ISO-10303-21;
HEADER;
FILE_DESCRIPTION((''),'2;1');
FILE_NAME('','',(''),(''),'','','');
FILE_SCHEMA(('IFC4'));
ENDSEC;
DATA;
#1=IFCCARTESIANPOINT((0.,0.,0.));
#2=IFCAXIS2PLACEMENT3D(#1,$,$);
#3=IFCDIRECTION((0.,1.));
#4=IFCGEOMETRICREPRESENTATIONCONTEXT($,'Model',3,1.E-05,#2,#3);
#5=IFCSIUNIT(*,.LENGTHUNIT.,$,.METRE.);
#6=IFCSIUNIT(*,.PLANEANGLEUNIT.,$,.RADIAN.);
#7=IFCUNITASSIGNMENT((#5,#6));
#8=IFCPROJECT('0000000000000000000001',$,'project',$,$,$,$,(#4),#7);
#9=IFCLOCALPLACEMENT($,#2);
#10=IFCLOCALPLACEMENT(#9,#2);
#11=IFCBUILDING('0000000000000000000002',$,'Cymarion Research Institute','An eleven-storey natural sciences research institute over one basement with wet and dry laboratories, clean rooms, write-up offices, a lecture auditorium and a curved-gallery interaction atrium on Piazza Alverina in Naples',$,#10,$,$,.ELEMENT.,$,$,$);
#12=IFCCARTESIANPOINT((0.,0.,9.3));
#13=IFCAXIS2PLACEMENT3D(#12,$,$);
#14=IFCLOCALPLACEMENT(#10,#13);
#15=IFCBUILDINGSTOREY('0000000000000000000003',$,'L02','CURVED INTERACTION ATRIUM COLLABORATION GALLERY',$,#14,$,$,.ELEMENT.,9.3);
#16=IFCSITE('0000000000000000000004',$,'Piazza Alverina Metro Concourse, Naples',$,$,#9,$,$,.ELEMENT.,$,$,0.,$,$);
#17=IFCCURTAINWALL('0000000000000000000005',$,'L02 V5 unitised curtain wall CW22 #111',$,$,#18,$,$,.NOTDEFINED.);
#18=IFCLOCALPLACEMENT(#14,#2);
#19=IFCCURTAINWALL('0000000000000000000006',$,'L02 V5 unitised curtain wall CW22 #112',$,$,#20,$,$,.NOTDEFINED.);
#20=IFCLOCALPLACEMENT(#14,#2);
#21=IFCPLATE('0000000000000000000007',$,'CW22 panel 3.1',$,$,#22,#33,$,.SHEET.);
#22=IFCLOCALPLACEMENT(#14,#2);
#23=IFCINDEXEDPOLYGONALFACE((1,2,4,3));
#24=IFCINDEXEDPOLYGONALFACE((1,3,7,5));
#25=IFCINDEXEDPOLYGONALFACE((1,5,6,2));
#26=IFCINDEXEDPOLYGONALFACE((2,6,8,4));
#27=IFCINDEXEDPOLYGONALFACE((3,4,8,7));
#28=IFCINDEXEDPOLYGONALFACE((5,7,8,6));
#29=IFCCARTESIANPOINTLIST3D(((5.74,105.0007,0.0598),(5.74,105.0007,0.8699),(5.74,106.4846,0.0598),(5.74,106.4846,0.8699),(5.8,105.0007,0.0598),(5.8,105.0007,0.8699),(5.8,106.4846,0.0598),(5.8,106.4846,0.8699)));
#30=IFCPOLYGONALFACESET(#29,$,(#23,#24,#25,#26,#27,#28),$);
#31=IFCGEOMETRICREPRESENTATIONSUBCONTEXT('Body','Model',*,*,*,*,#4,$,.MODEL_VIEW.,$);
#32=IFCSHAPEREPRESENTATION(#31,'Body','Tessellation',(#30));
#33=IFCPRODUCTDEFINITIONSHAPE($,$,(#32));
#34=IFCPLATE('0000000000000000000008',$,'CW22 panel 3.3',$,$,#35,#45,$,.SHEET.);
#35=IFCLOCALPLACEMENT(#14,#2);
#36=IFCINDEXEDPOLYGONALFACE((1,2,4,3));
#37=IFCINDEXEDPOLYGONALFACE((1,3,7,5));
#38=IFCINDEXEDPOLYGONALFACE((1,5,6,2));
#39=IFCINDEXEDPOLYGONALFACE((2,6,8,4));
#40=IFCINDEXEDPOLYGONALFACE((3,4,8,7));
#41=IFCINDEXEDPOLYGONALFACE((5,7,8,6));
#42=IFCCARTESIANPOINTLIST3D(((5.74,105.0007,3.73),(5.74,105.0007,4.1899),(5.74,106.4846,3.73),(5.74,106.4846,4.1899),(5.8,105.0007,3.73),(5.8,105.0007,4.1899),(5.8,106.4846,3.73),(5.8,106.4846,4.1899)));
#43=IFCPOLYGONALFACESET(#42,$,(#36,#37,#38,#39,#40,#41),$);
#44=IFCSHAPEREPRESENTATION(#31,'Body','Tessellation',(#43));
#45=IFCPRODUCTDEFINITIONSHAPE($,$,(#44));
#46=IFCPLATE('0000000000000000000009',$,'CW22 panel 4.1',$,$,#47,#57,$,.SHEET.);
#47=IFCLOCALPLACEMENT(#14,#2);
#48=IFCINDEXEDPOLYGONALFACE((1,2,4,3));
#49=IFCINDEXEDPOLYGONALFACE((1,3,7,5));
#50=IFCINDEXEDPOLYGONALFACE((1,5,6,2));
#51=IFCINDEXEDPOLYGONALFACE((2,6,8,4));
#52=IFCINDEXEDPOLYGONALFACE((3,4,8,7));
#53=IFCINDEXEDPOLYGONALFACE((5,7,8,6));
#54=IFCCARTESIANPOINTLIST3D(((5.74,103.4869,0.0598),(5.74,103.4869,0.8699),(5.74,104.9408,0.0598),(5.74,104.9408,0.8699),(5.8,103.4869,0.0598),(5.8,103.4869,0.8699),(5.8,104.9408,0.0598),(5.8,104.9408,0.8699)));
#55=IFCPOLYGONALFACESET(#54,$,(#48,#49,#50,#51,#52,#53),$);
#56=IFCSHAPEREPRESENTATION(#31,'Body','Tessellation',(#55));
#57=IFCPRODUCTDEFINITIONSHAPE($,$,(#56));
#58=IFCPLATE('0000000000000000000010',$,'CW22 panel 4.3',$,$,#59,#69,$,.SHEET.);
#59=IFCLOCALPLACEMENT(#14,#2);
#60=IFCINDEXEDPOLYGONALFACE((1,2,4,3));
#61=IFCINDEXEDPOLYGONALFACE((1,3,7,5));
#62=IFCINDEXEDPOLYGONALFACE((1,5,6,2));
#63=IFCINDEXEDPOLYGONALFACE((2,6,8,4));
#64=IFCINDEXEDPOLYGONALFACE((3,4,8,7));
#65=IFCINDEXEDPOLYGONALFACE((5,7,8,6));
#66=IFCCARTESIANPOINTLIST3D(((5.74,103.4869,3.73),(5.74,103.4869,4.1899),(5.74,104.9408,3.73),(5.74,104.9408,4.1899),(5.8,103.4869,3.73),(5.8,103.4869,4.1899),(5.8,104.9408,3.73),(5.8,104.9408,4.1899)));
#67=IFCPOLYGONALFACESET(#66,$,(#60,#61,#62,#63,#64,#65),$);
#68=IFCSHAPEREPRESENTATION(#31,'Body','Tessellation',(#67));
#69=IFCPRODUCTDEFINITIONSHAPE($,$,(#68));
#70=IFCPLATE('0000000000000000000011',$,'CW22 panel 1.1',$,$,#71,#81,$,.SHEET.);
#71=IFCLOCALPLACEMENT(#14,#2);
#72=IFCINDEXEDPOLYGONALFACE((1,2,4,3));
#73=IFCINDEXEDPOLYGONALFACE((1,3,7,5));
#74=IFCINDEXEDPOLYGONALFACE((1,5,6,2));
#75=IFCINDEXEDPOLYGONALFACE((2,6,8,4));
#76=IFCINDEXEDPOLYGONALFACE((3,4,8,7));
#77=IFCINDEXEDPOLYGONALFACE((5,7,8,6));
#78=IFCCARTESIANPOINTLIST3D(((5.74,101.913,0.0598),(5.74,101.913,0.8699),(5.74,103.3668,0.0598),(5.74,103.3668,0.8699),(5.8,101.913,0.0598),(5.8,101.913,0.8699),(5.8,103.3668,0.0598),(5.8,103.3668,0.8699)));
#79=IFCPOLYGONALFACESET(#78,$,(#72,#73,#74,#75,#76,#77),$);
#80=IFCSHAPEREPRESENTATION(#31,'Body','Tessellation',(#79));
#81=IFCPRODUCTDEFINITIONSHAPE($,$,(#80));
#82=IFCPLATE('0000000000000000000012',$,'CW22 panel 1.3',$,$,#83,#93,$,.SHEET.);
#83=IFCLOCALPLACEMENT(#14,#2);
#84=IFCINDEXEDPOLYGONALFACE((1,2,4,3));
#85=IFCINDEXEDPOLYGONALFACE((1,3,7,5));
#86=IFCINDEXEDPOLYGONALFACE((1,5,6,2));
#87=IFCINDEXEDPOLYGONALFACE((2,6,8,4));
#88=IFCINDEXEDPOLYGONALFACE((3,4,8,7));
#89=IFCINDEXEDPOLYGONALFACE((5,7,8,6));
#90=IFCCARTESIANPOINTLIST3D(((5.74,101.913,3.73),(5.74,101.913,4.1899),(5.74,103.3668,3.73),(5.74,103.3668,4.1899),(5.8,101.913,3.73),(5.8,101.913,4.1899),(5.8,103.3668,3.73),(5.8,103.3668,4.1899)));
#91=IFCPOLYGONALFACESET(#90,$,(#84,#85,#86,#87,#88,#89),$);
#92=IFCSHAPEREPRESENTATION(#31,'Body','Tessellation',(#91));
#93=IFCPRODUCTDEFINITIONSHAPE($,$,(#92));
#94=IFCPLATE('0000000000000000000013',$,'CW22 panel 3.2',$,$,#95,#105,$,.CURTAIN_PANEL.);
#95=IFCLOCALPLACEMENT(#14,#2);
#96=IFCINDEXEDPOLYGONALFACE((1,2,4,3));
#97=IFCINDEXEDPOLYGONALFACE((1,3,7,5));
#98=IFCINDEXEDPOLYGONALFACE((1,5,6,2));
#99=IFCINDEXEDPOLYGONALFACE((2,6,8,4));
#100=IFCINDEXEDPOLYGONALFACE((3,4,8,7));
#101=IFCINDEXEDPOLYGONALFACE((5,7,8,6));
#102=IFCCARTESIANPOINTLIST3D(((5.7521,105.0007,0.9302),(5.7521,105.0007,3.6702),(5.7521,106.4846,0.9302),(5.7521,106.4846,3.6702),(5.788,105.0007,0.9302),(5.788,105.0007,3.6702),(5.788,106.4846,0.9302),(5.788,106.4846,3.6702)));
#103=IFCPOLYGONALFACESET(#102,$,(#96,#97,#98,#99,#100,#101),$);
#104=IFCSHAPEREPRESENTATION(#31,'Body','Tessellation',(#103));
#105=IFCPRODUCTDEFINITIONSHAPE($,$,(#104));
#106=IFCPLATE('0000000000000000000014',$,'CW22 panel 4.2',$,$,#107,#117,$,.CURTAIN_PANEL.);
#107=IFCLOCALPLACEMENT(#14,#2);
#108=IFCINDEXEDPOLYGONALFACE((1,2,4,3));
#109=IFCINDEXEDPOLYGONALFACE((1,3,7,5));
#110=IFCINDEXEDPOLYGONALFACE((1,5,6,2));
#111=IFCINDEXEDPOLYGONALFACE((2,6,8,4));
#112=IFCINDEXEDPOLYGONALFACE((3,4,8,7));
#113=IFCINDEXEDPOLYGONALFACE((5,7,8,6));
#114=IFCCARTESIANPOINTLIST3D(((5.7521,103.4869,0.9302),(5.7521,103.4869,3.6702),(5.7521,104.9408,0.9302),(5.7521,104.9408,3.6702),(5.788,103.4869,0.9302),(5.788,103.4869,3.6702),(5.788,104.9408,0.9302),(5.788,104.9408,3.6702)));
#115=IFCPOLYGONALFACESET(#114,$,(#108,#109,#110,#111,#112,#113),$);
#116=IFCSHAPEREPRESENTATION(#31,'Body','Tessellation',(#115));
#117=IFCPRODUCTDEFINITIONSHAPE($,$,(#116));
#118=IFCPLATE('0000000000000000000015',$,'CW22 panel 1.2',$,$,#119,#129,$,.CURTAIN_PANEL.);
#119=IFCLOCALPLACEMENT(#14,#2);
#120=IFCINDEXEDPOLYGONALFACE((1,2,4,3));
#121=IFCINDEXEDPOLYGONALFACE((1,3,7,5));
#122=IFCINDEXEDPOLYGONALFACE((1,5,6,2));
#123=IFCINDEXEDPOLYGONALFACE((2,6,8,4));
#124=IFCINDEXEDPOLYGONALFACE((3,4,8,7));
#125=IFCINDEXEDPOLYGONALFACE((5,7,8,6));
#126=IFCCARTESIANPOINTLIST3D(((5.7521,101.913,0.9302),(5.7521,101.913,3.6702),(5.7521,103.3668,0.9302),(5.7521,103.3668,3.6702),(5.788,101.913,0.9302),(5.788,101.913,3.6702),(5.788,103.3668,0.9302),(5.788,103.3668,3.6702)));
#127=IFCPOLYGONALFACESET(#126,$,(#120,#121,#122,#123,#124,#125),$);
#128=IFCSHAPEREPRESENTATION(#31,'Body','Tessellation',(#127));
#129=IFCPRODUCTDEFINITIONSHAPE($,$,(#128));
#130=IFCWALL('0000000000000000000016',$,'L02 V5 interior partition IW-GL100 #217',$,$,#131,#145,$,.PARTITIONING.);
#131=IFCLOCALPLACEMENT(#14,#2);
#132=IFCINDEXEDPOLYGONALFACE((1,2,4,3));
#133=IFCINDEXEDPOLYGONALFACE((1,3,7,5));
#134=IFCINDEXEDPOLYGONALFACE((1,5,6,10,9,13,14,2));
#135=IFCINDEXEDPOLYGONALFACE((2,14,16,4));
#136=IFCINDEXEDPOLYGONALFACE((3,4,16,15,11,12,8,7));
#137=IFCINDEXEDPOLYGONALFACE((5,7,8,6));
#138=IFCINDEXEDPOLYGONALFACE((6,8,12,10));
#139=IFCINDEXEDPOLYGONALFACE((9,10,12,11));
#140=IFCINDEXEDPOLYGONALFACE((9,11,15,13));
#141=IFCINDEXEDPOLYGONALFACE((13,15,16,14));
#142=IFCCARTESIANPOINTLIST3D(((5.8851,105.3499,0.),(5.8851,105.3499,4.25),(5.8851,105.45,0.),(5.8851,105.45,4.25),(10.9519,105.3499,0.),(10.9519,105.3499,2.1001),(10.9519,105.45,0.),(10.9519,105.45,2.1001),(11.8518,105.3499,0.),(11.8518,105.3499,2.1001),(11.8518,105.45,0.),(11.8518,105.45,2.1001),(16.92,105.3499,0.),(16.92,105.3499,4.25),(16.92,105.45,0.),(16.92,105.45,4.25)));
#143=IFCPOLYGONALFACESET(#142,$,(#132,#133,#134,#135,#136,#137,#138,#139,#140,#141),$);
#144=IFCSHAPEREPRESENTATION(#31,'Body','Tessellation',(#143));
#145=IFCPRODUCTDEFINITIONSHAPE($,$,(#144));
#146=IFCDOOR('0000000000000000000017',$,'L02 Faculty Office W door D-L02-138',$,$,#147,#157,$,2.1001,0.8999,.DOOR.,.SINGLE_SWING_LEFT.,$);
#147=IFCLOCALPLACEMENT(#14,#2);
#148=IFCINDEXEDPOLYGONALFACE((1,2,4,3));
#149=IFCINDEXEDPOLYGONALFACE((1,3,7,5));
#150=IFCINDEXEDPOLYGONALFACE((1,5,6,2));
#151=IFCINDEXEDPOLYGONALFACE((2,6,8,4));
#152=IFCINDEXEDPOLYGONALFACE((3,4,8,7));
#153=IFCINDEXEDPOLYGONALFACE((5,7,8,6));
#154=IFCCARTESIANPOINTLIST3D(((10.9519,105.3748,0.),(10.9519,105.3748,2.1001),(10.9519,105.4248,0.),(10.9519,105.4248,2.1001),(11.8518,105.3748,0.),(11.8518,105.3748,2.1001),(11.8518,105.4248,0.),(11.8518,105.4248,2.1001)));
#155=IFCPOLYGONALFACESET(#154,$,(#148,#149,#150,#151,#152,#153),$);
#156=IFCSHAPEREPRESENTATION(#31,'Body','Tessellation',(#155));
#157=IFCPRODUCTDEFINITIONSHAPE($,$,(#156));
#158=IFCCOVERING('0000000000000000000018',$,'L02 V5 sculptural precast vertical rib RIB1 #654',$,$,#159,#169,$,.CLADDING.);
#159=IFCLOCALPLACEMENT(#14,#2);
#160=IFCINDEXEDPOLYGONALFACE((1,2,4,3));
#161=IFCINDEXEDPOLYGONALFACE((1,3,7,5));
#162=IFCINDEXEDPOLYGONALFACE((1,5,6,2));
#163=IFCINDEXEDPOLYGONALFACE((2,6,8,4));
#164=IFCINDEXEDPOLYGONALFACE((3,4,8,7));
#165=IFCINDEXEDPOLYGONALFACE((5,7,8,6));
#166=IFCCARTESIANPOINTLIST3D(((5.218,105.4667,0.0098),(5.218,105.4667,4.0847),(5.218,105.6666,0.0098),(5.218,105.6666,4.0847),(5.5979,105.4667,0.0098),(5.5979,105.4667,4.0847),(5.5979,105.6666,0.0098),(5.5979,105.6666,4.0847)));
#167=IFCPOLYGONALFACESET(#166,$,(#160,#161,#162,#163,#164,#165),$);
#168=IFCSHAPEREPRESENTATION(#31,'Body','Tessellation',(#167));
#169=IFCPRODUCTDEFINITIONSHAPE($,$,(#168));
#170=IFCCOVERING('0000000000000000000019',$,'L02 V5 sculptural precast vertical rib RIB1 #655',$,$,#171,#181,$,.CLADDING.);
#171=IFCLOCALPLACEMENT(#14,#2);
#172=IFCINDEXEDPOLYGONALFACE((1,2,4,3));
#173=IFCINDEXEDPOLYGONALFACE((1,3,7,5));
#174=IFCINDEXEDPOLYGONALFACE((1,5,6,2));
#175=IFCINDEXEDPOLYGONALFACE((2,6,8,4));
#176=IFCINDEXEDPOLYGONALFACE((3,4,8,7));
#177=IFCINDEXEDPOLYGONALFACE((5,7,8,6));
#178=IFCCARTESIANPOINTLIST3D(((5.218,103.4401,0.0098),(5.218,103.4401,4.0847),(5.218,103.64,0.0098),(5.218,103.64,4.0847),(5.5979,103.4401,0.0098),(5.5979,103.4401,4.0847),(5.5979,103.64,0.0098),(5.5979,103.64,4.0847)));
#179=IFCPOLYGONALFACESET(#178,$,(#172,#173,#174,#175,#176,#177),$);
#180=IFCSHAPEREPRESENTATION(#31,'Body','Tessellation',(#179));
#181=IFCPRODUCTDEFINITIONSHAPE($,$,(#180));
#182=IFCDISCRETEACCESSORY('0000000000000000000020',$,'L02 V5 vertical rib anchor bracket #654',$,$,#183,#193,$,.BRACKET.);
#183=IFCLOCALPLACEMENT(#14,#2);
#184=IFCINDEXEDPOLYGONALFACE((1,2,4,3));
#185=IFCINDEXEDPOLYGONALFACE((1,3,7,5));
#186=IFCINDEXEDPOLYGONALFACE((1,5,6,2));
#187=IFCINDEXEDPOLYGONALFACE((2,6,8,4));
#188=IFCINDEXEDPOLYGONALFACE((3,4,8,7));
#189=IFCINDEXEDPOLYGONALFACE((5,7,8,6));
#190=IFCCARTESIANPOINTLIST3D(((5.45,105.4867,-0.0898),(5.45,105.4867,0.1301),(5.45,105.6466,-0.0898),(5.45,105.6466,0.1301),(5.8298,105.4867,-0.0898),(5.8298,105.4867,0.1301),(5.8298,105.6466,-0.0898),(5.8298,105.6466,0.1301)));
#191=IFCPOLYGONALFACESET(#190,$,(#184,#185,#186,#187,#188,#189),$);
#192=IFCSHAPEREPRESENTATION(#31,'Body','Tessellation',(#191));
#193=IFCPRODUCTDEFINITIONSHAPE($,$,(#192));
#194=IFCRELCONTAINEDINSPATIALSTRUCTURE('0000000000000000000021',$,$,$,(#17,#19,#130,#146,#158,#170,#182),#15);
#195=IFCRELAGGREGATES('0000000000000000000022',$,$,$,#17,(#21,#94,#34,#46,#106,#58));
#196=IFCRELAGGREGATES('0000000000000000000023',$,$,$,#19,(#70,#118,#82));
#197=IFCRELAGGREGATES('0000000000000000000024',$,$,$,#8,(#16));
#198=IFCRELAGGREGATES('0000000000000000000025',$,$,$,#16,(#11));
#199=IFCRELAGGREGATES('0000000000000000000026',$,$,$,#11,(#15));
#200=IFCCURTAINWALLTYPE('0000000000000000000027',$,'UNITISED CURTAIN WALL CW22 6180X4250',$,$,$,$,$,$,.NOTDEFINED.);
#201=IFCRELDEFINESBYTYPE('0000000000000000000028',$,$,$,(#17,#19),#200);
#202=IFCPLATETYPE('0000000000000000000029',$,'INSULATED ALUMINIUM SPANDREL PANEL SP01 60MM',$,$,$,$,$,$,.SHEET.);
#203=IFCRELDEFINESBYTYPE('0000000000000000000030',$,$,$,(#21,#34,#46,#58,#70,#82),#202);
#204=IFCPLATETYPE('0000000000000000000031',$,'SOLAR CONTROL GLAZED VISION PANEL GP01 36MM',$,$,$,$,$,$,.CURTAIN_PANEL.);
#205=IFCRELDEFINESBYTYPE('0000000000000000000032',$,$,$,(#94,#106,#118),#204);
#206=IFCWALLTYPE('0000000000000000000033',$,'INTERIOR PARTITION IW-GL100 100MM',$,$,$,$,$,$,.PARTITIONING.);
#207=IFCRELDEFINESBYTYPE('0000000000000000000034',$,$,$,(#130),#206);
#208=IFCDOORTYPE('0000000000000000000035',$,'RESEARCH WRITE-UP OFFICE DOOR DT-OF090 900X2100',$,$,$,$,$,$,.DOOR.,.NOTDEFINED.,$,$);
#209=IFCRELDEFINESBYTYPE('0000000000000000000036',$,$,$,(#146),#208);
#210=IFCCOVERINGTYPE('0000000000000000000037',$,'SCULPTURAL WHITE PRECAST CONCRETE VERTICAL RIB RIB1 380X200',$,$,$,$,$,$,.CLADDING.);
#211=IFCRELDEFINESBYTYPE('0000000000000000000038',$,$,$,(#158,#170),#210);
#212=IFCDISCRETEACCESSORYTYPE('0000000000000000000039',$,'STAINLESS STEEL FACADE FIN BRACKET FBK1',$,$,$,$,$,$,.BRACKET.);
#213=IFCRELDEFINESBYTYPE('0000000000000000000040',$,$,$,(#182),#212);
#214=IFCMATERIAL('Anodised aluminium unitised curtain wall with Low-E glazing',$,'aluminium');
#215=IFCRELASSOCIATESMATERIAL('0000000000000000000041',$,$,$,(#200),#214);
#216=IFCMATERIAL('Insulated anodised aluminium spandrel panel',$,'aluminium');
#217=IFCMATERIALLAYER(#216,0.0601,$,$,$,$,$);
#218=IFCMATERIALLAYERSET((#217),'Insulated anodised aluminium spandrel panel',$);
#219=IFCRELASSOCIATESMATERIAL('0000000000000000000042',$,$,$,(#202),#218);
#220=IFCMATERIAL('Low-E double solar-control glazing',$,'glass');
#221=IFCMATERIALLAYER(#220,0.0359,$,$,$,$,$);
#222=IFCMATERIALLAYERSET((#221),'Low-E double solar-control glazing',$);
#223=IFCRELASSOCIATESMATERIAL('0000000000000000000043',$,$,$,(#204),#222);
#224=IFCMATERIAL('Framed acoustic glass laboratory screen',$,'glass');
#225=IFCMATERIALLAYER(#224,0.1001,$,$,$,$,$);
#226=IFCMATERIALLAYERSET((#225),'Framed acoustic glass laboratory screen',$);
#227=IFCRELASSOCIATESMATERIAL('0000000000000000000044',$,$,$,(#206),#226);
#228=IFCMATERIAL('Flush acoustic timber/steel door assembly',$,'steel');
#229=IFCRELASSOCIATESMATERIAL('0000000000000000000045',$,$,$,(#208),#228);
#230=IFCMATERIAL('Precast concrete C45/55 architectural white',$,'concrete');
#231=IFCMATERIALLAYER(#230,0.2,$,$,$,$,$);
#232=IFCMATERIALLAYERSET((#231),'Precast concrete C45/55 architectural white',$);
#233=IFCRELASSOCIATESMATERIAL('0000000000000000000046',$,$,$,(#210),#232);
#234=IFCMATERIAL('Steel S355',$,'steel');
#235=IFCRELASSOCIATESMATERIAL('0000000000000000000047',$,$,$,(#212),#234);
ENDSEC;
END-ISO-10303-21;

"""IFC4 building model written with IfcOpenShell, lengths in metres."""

from ifc_helpers import new_model, si_unit, direction, frame, frame_2d, origin, origin_2d, place, context, subcontext, project, spatial, rectangle, extrude, material, layer, layer_set, type_object, element, fill, aggregate, save


model = new_model("IFC4")

# Units and contexts
model_context = context("Model", 3, precision=1e-05, world=origin(), true_north=direction((0.0, 1.0)))
body_context = subcontext(model_context, "Body", "Model", "MODEL_VIEW")
ifc_project = project(units=[si_unit("LENGTHUNIT", "METRE"), si_unit("PLANEANGLEUNIT", "RADIAN")], contexts=[model_context])

# Site, building, storey
site_placement = place(None, origin())
site = spatial("IfcSite", under=ifc_project, at=site_placement, Name="Piazza Alverina Metro Concourse, Naples", CompositionType="ELEMENT", RefElevation=0.0)
building_placement = place(site_placement, origin())
building = spatial("IfcBuilding", under=site, at=building_placement, Name="Cymarion Research Institute", Description="An eleven-storey natural sciences research institute over one basement with wet and dry laboratories, clean rooms, write-up offices, a lecture auditorium and a curved-gallery interaction atrium on Piazza Alverina in Naples", CompositionType="ELEMENT")
storey_placement = place(building_placement, frame((0.0, 0.0, 9.3)))
storey = spatial("IfcBuildingStorey", under=building, at=storey_placement, Name="L02", Description="CURVED INTERACTION ATRIUM COLLABORATION GALLERY", CompositionType="ELEMENT", Elevation=9.3)

# Curtain walls
ifc_material_1 = material(Name="Anodised aluminium unitised curtain wall with Low-E glazing", Category="aluminium")
curtain_wall_type = type_object("IfcCurtainWallType", Name="UNITISED CURTAIN WALL CW22 6180X4250", PredefinedType="NOTDEFINED", material=ifc_material_1)
curtain_wall_1_placement = place(storey_placement, origin())
curtain_wall_1 = element("IfcCurtainWall", 1, at=curtain_wall_1_placement, inside=storey, type_object=curtain_wall_type, Name="L02 V5 unitised curtain wall CW22 #111", PredefinedType="NOTDEFINED")
curtain_wall_2_placement = place(storey_placement, origin())
curtain_wall_2 = element("IfcCurtainWall", 2, at=curtain_wall_2_placement, inside=storey, type_object=curtain_wall_type, Name="L02 V5 unitised curtain wall CW22 #112", PredefinedType="NOTDEFINED")

# Plates
ifc_material_2 = material(Name="Insulated anodised aluminium spandrel panel", Category="aluminium")
ifc_layer_1 = layer(ifc_material_2, 0.0601)
ifc_layer_set_1 = layer_set([ifc_layer_1], Name="Insulated anodised aluminium spandrel panel")
plate_type_1 = type_object("IfcPlateType", Name="INSULATED ALUMINIUM SPANDREL PANEL SP01 60MM", PredefinedType="SHEET", material=ifc_layer_set_1)
plate_1_placement = place(storey_placement, frame((5.77, 105.7427, 0.0598), z_axis=(0.0, 0.0, 1.0), x_axis=(0.0, -1.0, 0.0)))
plate_1 = element("IfcPlate", 3, at=plate_1_placement, type_object=plate_type_1, Name="CW22 panel 3.1", PredefinedType="SHEET", context=body_context, shape_type="SweptSolid", body=[
    extrude(rectangle(XDim=1.4839, YDim=0.0601, at=origin_2d()), origin(), (0.0, 0.0, 1.0), 0.8101),
])
plate_2_placement = place(storey_placement, frame((5.77, 105.7427, 3.73), z_axis=(0.0, 0.0, 1.0), x_axis=(0.0, -1.0, 0.0)))
plate_2 = element("IfcPlate", 4, at=plate_2_placement, type_object=plate_type_1, Name="CW22 panel 3.3", PredefinedType="SHEET", context=body_context, shape_type="SweptSolid", body=[
    extrude(rectangle(XDim=1.4839, YDim=0.0601, at=origin_2d()), origin(), (0.0, 0.0, 1.0), 0.46),
])
plate_3_placement = place(storey_placement, frame((5.77, 104.2139, 0.0598), z_axis=(0.0, 0.0, 1.0), x_axis=(0.0, -1.0, 0.0)))
plate_3 = element("IfcPlate", 5, at=plate_3_placement, type_object=plate_type_1, Name="CW22 panel 4.1", PredefinedType="SHEET", context=body_context, shape_type="SweptSolid", body=[
    extrude(rectangle(XDim=1.4539, YDim=0.0601, at=origin_2d()), origin(), (0.0, 0.0, 1.0), 0.8101),
])
plate_4_placement = place(storey_placement, frame((5.77, 104.2139, 3.73), z_axis=(0.0, 0.0, 1.0), x_axis=(0.0, -1.0, 0.0)))
plate_4 = element("IfcPlate", 6, at=plate_4_placement, type_object=plate_type_1, Name="CW22 panel 4.3", PredefinedType="SHEET", context=body_context, shape_type="SweptSolid", body=[
    extrude(rectangle(XDim=1.4539, YDim=0.0601, at=origin_2d()), origin(), (0.0, 0.0, 1.0), 0.46),
])
plate_5_placement = place(storey_placement, frame((5.77, 102.6399, 0.0598), z_axis=(0.0, 0.0, 1.0), x_axis=(0.0, -1.0, 0.0)))
plate_5 = element("IfcPlate", 7, at=plate_5_placement, type_object=plate_type_1, Name="CW22 panel 1.1", PredefinedType="SHEET", context=body_context, shape_type="SweptSolid", body=[
    extrude(rectangle(XDim=1.4539, YDim=0.0601, at=origin_2d()), origin(), (0.0, 0.0, 1.0), 0.8101),
])
plate_6_placement = place(storey_placement, frame((5.77, 102.6399, 3.73), z_axis=(0.0, 0.0, 1.0), x_axis=(0.0, -1.0, 0.0)))
plate_6 = element("IfcPlate", 8, at=plate_6_placement, type_object=plate_type_1, Name="CW22 panel 1.3", PredefinedType="SHEET", context=body_context, shape_type="SweptSolid", body=[
    extrude(rectangle(XDim=1.4539, YDim=0.0601, at=origin_2d()), origin(), (0.0, 0.0, 1.0), 0.46),
])
ifc_material_3 = material(Name="Low-E double solar-control glazing", Category="glass")
ifc_layer_2 = layer(ifc_material_3, 0.0359)
ifc_layer_set_2 = layer_set([ifc_layer_2], Name="Low-E double solar-control glazing")
plate_type_2 = type_object("IfcPlateType", Name="SOLAR CONTROL GLAZED VISION PANEL GP01 36MM", PredefinedType="CURTAIN_PANEL", material=ifc_layer_set_2)
plate_7_placement = place(storey_placement, frame((5.77, 105.7427, 0.9302), z_axis=(0.0, 0.0, 1.0), x_axis=(0.0, -1.0, 0.0)))
plate_7 = element("IfcPlate", 9, at=plate_7_placement, type_object=plate_type_2, Name="CW22 panel 3.2", PredefinedType="CURTAIN_PANEL", context=body_context, shape_type="SweptSolid", body=[
    extrude(rectangle(XDim=1.4839, YDim=0.0359, at=origin_2d()), origin(), (0.0, 0.0, 1.0), 2.74),
])
plate_8_placement = place(storey_placement, frame((5.77, 104.2139, 0.9302), z_axis=(0.0, 0.0, 1.0), x_axis=(0.0, -1.0, 0.0)))
plate_8 = element("IfcPlate", 10, at=plate_8_placement, type_object=plate_type_2, Name="CW22 panel 4.2", PredefinedType="CURTAIN_PANEL", context=body_context, shape_type="SweptSolid", body=[
    extrude(rectangle(XDim=1.4539, YDim=0.0359, at=origin_2d()), origin(), (0.0, 0.0, 1.0), 2.74),
])
aggregate(curtain_wall_1, [plate_1, plate_7, plate_2, plate_3, plate_8, plate_4])
plate_9_placement = place(storey_placement, frame((5.77, 102.6399, 0.9302), z_axis=(0.0, 0.0, 1.0), x_axis=(0.0, -1.0, 0.0)))
plate_9 = element("IfcPlate", 11, at=plate_9_placement, type_object=plate_type_2, Name="CW22 panel 1.2", PredefinedType="CURTAIN_PANEL", context=body_context, shape_type="SweptSolid", body=[
    extrude(rectangle(XDim=1.4539, YDim=0.0359, at=origin_2d()), origin(), (0.0, 0.0, 1.0), 2.74),
])
aggregate(curtain_wall_2, [plate_5, plate_9, plate_6])

# Wall, opening, door
ifc_material_4 = material(Name="Framed acoustic glass laboratory screen", Category="glass")
ifc_layer_3 = layer(ifc_material_4, 0.1001)
ifc_layer_set_3 = layer_set([ifc_layer_3], Name="Framed acoustic glass laboratory screen")
wall_type = type_object("IfcWallType", Name="INTERIOR PARTITION IW-GL100 100MM", PredefinedType="PARTITIONING", material=ifc_layer_set_3)
wall_placement = place(storey_placement, frame((5.885, 105.3999, 0.0), z_axis=(0.0, 0.0, 1.0), x_axis=(1.0, 0.0, 0.0)))
wall = element("IfcWall", 12, at=wall_placement, inside=storey, type_object=wall_type, Name="L02 V5 interior partition IW-GL100 #217", PredefinedType="PARTITIONING", context=body_context, shape_type="SweptSolid", body=[
    extrude(rectangle(XDim=11.0349, YDim=0.1001, at=frame_2d((5.5176, 0.0))), origin(), (0.0, 0.0, 1.0), 4.25),
])
opening_placement = place(wall_placement, frame((5.0669, 0.0, 0.0)))
opening = element("IfcOpeningElement", 13, at=opening_placement, cuts=wall, PredefinedType="OPENING", context=body_context, shape_type="SweptSolid", body=[
    extrude(rectangle(XDim=0.8999, YDim=2.1001, at=frame_2d((0.45, 1.05))), frame((0.0, 0.0601, 0.0), z_axis=(0.0, -1.0, 0.0), x_axis=(1.0, 0.0, 0.0)), (0.0, 0.0, 1.0), 0.1201),
])
ifc_material_5 = material(Name="Flush acoustic timber/steel door assembly", Category="steel")
door_type = type_object("IfcDoorType", Name="RESEARCH WRITE-UP OFFICE DOOR DT-OF090 900X2100", OperationType="NOTDEFINED", PredefinedType="DOOR", material=ifc_material_5)
door_placement = place(opening_placement, origin())
door = element("IfcDoor", 14, at=door_placement, inside=storey, type_object=door_type, Name="L02 Faculty Office W door D-L02-138", OperationType="SINGLE_SWING_LEFT", OverallHeight=2.1001, OverallWidth=0.8999, PredefinedType="DOOR", context=body_context, shape_type="SweptSolid", body=[
    extrude(rectangle(XDim=0.8999, YDim=2.1001, at=frame_2d((0.45, 1.05))), frame((0.0, 0.0249, 0.0), z_axis=(0.0, -1.0, 0.0), x_axis=(1.0, 0.0, 0.0)), (0.0, 0.0, 1.0), 0.05),
])
fill(opening, door)

# Coverings
ifc_material_6 = material(Name="Precast concrete C45/55 architectural white", Category="concrete")
ifc_layer_4 = layer(ifc_material_6, 0.2)
ifc_layer_set_4 = layer_set([ifc_layer_4], Name="Precast concrete C45/55 architectural white")
covering_type = type_object("IfcCoveringType", Name="SCULPTURAL WHITE PRECAST CONCRETE VERTICAL RIB RIB1 380X200", PredefinedType="CLADDING", material=ifc_layer_set_4)
for number, where, z_axis, x_axis, name in (
    (15, (5.408, 105.5667, 0.0098), (0.0, 0.0, 1.0), (-1.0, 0.0, 0.0), "L02 V5 sculptural precast vertical rib RIB1 #654"),
    (16, (5.408, 103.54, 0.0098), (0.0, 0.0, 1.0), (-1.0, 0.0, 0.0), "L02 V5 sculptural precast vertical rib RIB1 #655"),
):
    element("IfcCovering", number, at=place(storey_placement, frame(where, z_axis=z_axis, x_axis=x_axis)), inside=storey, type_object=covering_type, Name=name, PredefinedType="CLADDING", context=body_context, shape_type="SweptSolid", body=[
        extrude(rectangle(XDim=0.3799, YDim=0.2, at=origin_2d()), origin(), (0.0, 0.0, 1.0), 4.075),
    ])

# Discrete accessory
ifc_material_7 = material(Name="Steel S355", Category="steel")
discrete_accessory_type = type_object("IfcDiscreteAccessoryType", Name="STAINLESS STEEL FACADE FIN BRACKET FBK1", PredefinedType="BRACKET", material=ifc_material_7)
for number, where, z_axis, x_axis, name in (
    (17, (5.6399, 105.5667, -0.0898), (0.0, 0.0, 1.0), (-1.0, 0.0, 0.0), "L02 V5 vertical rib anchor bracket #654"),
):
    element("IfcDiscreteAccessory", number, at=place(storey_placement, frame(where, z_axis=z_axis, x_axis=x_axis)), inside=storey, type_object=discrete_accessory_type, Name=name, PredefinedType="BRACKET", context=body_context, shape_type="SweptSolid", body=[
        extrude(rectangle(XDim=0.3799, YDim=0.1599, at=origin_2d()), origin(), (0.0, 0.0, 1.0), 0.22),
    ])

save(model, "model.ifc")
